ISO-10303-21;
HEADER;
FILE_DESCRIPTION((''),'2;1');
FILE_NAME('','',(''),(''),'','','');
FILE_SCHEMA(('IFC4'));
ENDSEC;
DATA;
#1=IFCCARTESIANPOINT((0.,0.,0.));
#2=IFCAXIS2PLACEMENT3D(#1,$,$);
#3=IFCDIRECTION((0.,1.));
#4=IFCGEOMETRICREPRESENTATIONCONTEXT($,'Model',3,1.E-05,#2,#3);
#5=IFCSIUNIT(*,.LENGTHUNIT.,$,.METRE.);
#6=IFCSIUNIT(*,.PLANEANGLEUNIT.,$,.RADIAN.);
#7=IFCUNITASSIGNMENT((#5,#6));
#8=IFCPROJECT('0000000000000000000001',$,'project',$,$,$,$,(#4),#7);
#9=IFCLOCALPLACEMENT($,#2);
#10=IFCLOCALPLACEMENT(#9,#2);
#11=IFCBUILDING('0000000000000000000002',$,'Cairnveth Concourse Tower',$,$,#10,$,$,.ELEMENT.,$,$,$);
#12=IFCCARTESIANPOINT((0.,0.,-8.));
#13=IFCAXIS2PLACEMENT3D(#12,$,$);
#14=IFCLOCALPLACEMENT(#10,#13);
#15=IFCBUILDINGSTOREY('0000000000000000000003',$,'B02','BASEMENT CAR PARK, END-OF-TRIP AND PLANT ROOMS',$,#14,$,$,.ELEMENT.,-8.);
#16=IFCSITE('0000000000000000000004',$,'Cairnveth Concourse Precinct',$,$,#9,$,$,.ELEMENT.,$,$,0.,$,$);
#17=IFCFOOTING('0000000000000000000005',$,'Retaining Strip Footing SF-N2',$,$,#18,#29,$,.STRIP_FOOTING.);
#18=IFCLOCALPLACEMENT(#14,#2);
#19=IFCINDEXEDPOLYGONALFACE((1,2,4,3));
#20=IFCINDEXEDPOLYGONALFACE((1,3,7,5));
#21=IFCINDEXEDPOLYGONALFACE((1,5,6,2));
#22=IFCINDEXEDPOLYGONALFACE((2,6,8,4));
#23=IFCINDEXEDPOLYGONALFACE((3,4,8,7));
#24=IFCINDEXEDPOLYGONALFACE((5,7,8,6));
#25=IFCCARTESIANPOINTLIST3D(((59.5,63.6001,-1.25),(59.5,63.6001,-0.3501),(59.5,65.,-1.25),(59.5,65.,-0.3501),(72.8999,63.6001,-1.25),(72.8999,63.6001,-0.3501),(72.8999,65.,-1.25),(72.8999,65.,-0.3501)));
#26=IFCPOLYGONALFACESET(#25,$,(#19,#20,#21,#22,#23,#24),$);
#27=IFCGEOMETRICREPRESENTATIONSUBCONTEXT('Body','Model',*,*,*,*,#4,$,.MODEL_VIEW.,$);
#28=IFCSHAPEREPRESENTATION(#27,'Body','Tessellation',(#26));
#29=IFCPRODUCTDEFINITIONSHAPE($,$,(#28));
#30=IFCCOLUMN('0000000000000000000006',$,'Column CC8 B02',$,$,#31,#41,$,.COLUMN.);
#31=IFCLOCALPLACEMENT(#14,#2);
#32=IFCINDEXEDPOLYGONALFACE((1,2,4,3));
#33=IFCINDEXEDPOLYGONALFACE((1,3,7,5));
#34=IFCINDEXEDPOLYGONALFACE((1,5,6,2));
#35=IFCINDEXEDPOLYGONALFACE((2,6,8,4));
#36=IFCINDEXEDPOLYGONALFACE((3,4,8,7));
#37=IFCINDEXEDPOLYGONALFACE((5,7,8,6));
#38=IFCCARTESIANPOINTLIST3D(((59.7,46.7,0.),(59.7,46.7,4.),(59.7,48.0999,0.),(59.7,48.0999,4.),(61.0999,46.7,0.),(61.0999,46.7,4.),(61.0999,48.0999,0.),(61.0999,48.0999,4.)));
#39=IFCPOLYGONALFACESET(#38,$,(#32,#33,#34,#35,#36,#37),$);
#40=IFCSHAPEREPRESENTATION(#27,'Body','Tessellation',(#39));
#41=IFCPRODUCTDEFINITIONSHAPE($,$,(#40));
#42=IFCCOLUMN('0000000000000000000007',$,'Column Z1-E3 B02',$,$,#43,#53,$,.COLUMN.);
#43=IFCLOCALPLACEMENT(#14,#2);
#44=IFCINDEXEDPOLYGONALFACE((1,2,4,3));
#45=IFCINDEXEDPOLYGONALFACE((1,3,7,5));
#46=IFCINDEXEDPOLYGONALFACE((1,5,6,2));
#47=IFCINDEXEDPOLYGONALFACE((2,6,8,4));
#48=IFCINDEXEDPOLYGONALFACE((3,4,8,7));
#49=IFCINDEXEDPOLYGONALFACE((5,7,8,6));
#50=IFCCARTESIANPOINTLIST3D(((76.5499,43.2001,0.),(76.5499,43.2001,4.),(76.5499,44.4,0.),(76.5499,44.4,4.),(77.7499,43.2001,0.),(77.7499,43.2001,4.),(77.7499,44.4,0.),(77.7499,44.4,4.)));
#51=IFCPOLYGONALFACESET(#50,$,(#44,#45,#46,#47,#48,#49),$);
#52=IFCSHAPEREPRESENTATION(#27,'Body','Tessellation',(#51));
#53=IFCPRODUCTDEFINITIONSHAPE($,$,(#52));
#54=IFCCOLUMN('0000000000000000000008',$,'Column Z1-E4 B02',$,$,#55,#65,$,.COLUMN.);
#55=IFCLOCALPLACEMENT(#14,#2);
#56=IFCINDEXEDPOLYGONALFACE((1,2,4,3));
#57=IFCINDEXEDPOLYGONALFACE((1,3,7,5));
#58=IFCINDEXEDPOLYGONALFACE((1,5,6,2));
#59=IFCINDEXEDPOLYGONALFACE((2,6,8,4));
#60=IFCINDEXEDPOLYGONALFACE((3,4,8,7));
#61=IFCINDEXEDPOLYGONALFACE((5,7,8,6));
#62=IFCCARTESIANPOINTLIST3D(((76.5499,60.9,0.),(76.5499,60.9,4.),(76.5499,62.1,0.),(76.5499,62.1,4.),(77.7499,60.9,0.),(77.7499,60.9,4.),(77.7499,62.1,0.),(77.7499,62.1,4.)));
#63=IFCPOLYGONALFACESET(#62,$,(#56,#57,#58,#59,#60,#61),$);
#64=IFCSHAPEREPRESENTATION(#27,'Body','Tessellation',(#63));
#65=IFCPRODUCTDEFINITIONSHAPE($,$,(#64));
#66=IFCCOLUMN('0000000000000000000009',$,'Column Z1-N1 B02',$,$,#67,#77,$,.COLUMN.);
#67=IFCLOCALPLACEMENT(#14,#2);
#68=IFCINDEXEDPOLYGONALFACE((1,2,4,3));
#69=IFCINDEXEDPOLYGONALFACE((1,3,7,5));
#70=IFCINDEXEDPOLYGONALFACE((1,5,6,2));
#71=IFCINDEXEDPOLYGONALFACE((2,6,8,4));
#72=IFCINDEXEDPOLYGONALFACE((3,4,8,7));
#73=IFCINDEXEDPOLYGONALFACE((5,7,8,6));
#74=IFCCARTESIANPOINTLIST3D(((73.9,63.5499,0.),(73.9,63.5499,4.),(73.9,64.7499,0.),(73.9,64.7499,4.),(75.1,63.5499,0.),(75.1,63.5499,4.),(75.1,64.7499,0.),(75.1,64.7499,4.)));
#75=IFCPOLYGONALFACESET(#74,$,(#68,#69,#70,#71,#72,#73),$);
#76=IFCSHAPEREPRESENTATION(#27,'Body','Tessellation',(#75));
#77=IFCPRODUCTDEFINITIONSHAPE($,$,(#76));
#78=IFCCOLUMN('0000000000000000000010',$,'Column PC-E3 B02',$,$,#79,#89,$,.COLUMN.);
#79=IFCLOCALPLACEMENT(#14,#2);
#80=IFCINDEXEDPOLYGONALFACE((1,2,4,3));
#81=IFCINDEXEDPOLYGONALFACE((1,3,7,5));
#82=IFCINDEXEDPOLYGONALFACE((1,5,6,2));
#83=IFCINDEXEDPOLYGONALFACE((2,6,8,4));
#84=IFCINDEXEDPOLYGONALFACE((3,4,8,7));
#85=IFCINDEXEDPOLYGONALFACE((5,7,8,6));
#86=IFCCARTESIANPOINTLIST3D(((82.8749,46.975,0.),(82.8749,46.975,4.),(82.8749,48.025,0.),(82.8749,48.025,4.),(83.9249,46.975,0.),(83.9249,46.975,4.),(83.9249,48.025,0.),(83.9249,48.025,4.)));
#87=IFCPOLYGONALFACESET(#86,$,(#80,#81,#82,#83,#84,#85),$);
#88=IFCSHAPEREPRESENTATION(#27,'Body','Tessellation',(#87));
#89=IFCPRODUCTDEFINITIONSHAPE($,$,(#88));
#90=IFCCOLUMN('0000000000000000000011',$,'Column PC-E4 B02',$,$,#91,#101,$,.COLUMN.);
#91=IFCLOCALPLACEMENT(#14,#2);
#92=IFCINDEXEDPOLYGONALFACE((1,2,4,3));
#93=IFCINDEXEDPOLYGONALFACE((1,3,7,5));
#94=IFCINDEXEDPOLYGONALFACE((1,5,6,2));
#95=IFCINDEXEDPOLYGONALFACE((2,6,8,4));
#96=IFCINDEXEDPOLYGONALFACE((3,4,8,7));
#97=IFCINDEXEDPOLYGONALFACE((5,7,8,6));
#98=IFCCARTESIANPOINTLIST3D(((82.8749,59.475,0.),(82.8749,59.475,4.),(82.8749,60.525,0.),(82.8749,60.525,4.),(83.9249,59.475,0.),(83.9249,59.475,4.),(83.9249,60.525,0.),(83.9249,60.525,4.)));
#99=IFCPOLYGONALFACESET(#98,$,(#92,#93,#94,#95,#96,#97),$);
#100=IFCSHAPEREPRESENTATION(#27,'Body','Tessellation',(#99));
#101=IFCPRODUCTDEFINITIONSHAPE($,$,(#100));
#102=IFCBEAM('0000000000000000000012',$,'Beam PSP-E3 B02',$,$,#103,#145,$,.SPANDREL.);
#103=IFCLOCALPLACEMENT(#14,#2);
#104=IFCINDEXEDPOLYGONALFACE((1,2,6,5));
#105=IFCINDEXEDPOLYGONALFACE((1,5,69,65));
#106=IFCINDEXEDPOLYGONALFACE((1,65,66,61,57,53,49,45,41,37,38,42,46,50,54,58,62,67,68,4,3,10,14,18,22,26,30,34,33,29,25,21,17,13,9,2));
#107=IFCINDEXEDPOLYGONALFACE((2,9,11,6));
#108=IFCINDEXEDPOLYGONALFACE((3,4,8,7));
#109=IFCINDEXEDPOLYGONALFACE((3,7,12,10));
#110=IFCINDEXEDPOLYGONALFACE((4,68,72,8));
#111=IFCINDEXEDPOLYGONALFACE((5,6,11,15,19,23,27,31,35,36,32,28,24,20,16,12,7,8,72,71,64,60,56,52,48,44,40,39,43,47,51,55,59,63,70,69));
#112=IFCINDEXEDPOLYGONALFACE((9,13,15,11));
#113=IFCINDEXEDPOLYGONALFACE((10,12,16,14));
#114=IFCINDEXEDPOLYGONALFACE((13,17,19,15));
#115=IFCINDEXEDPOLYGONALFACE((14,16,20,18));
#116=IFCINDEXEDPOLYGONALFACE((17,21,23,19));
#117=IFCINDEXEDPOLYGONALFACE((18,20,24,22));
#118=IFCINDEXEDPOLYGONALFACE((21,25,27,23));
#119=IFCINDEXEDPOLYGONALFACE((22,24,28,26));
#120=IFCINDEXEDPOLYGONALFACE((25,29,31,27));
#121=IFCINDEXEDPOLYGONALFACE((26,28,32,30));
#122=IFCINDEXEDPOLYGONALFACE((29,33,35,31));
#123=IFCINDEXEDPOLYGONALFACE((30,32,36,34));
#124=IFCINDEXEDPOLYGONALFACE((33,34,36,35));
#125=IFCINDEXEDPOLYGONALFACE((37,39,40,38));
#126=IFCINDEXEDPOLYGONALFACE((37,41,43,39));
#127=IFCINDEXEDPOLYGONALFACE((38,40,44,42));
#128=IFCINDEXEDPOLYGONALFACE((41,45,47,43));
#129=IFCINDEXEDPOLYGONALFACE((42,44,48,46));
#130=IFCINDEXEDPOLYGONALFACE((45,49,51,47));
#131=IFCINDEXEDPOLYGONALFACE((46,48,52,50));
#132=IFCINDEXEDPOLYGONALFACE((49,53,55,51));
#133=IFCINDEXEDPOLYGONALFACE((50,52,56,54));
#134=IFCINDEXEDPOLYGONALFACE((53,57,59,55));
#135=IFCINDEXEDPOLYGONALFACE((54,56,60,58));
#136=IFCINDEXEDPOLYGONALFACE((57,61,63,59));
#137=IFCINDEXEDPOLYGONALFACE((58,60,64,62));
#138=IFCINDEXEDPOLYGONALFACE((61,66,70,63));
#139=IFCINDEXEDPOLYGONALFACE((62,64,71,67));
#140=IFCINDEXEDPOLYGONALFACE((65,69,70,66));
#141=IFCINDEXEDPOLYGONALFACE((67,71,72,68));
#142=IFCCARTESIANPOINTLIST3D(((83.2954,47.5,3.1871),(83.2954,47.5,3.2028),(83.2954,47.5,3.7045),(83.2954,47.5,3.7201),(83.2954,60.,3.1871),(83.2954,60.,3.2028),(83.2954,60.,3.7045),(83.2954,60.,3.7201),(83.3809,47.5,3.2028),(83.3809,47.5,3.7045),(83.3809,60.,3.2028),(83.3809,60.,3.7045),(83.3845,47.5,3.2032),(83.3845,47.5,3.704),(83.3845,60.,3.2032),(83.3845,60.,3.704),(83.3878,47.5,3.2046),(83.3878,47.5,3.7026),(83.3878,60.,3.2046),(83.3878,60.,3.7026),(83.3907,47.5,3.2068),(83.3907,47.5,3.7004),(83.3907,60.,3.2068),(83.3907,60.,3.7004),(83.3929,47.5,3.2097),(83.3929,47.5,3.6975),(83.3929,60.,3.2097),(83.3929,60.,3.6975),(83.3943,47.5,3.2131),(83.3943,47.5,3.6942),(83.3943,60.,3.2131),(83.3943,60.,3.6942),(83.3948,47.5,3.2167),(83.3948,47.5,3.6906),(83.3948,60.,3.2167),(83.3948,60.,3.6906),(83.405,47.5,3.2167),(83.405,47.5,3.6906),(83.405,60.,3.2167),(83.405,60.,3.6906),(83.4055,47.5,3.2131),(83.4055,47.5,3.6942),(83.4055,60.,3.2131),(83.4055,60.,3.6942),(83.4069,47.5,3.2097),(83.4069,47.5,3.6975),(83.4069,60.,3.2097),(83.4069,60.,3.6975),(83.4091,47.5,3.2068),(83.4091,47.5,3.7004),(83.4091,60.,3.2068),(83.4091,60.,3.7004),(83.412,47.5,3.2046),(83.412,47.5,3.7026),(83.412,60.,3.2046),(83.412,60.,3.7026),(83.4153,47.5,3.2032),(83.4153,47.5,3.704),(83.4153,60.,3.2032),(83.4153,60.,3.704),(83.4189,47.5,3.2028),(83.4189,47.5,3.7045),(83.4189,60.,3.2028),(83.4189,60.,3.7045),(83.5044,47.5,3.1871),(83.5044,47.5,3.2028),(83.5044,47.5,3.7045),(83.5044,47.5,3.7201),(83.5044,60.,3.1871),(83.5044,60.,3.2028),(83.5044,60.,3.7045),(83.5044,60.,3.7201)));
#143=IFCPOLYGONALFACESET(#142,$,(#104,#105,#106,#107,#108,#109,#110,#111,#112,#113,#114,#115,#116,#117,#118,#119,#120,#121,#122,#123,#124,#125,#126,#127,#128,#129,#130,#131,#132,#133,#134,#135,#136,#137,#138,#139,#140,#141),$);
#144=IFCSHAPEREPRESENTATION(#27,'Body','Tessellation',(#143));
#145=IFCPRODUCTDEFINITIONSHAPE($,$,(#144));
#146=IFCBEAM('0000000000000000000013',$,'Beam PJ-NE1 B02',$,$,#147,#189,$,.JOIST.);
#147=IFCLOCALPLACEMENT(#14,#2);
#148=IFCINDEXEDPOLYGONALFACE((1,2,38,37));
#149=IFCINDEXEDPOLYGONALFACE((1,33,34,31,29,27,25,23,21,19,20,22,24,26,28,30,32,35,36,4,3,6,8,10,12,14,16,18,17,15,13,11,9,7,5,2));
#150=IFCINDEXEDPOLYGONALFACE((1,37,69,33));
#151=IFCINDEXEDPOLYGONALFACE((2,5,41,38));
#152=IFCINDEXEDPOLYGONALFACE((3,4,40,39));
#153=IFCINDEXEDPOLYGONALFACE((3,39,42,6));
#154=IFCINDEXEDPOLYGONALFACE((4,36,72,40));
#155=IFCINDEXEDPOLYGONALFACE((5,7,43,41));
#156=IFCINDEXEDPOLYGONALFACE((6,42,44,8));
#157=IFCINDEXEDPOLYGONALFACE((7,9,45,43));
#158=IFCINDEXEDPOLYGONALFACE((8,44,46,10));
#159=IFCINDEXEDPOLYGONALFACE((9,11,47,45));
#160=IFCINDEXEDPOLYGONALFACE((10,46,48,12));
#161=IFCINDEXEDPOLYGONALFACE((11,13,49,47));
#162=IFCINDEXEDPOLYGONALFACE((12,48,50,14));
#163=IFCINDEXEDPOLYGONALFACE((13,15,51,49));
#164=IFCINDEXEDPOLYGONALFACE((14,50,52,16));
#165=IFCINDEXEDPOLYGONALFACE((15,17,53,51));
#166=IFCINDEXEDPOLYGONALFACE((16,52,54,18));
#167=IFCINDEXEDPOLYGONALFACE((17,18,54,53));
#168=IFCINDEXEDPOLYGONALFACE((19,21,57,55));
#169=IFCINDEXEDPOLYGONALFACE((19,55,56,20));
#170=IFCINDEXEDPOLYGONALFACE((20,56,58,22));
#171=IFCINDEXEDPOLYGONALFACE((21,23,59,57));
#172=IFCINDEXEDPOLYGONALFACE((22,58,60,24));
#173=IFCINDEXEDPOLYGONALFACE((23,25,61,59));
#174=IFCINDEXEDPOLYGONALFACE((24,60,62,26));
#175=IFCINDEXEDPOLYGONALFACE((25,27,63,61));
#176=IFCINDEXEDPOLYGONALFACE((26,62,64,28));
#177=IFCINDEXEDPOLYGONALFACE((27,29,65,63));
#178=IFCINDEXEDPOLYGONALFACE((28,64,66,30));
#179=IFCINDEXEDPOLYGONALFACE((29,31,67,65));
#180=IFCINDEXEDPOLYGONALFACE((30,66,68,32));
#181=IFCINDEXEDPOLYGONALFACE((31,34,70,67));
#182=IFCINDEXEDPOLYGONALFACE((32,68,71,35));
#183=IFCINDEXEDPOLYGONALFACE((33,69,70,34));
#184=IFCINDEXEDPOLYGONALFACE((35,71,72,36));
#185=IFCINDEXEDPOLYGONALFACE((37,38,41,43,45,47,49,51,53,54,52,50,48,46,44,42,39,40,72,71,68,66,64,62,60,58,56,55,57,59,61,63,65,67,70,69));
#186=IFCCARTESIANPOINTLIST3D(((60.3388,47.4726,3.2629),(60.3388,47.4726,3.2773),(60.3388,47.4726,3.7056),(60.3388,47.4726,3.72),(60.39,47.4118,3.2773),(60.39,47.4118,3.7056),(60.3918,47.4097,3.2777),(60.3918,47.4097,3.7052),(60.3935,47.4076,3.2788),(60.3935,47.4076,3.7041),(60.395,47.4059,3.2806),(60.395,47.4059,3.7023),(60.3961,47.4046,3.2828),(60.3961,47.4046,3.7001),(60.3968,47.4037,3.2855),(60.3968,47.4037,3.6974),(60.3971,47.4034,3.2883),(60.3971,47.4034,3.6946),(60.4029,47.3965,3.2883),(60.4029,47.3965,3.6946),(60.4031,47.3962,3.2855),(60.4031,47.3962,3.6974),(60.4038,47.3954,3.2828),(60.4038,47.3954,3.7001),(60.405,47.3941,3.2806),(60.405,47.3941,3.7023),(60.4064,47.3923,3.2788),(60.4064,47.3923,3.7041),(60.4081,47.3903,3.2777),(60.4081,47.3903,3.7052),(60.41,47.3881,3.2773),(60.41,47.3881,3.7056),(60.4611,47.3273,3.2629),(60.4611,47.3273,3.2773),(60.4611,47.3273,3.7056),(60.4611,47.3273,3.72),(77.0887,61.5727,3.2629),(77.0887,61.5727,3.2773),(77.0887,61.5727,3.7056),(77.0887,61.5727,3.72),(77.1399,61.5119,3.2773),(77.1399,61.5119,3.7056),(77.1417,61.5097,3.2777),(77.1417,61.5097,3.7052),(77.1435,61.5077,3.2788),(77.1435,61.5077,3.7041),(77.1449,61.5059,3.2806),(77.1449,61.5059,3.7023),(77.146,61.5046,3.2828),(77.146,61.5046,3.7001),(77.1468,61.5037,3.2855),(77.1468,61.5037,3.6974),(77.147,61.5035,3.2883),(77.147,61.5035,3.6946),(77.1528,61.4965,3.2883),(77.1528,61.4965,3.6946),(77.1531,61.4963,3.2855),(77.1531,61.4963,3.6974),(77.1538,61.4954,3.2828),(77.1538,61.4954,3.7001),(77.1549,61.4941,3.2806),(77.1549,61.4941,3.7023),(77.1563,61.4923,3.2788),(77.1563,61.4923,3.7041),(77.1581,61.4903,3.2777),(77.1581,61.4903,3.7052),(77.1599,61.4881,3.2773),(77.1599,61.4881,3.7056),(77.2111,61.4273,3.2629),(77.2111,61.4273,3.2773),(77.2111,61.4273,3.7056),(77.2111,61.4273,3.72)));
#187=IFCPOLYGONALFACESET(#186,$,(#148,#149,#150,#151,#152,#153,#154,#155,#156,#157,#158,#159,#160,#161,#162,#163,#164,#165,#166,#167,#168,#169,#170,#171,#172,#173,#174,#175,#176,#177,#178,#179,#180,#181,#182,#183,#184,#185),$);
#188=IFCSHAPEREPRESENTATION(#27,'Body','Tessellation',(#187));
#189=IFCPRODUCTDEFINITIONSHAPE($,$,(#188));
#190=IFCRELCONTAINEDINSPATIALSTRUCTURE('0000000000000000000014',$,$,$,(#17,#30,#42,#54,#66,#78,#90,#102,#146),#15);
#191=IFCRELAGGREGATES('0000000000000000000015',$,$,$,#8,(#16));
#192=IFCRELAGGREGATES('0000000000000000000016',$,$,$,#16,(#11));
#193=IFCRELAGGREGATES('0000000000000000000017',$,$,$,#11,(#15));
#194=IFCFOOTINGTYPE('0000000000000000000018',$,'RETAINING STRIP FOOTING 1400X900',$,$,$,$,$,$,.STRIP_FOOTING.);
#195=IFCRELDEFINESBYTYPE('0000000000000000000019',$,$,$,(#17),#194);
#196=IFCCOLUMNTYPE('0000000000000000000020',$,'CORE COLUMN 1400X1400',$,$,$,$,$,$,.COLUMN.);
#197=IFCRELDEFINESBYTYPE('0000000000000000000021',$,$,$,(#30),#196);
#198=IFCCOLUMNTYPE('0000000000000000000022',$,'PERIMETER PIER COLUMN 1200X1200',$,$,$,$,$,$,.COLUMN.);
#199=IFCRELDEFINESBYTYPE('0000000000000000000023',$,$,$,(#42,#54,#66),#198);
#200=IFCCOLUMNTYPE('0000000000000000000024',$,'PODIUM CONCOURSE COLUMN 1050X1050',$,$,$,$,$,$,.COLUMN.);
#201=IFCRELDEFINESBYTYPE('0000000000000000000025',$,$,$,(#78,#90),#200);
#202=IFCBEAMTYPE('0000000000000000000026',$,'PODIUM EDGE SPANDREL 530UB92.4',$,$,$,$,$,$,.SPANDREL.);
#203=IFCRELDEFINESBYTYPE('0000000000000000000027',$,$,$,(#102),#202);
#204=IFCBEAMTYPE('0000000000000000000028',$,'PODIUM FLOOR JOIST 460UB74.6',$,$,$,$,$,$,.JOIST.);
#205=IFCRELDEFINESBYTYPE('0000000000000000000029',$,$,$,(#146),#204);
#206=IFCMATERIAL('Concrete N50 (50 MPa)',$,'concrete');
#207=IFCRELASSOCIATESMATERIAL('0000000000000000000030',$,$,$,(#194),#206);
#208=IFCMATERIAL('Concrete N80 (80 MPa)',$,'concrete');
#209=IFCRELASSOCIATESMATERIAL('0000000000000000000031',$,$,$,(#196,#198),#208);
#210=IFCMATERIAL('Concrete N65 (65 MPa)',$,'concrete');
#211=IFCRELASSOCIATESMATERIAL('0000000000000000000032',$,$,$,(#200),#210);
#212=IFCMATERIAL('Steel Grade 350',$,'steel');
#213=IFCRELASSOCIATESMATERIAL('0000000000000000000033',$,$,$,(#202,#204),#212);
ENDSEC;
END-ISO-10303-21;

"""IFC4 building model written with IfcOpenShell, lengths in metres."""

from ifc_helpers import new_model, si_unit, direction, frame, origin, origin_2d, place, context, subcontext, project, spatial, rectangle, i_section, extrude, material, material_profile, profile_set, type_object, element, save


model = new_model("IFC4")

# Units and contexts
model_context = context("Model", 3, precision=1e-05, world=origin(), true_north=direction((0.0, 1.0)))
body_context = subcontext(model_context, "Body", "Model", "MODEL_VIEW")
ifc_project = project(units=[si_unit("LENGTHUNIT", "METRE"), si_unit("PLANEANGLEUNIT", "RADIAN")], contexts=[model_context])

# Site, building, storey
site_placement = place(None, origin())
site = spatial("IfcSite", under=ifc_project, at=site_placement, Name="Cairnveth Concourse Precinct", CompositionType="ELEMENT", RefElevation=0.0)
building_placement = place(site_placement, origin())
building = spatial("IfcBuilding", under=site, at=building_placement, Name="Cairnveth Concourse Tower", CompositionType="ELEMENT")
storey_placement = place(building_placement, frame((0.0, 0.0, -8.0)))
storey = spatial("IfcBuildingStorey", under=building, at=storey_placement, Name="B02", Description="BASEMENT CAR PARK, END-OF-TRIP AND PLANT ROOMS", CompositionType="ELEMENT", Elevation=-8.0)

# Shared definitions
ifc_material_1 = material(Name="Concrete N50 (50 MPa)", Category="concrete")
ifc_material_2 = material(Name="Concrete N65 (65 MPa)", Category="concrete")

# Footing
ifc_material_profile_1 = material_profile(ifc_material_1, rectangle(XDim=1.3999, YDim=0.8999, at=origin_2d()), Name="SF-1400x900")
ifc_profile_set_1 = profile_set([ifc_material_profile_1], Name="Concrete N50 (50 MPa)")
footing_type_1 = type_object("IfcFootingType", Name="RETAINING STRIP FOOTING 1400X900", PredefinedType="STRIP_FOOTING", material=ifc_profile_set_1)
footing_1_placement = place(storey_placement, frame((59.5, 64.3, -0.8), z_axis=(1.0, 0.0, 0.0), x_axis=(0.0, 1.0, 0.0)))
element("IfcFooting", 1, at=footing_1_placement, inside=storey, type_object=footing_type_1, Name="Retaining Strip Footing SF-N2", PredefinedType="STRIP_FOOTING", context=body_context, shape_type="SweptSolid", body=[
    extrude(rectangle(XDim=1.3999, YDim=0.8999, at=origin_2d()), origin(), (0.0, 0.0, 1.0), 13.3999),
])

# Columns
ifc_material_3 = material(Name="Concrete N80 (80 MPa)", Category="concrete")
ifc_material_profile_2 = material_profile(ifc_material_3, rectangle(XDim=1.3999, YDim=1.3999, at=origin_2d()), Name="RC-COL-1400x1400")
ifc_profile_set_2 = profile_set([ifc_material_profile_2], Name="Concrete N80 (80 MPa)")
column_type_1 = type_object("IfcColumnType", Name="CORE COLUMN 1400X1400", PredefinedType="COLUMN", material=ifc_profile_set_2)
column_placement = place(storey_placement, frame((60.3999, 47.3999, 0.0), z_axis=(0.0, 0.0, 1.0), x_axis=(1.0, 0.0, 0.0)))
element("IfcColumn", 2, at=column_placement, inside=storey, type_object=column_type_1, Name="Column CC8 B02", PredefinedType="COLUMN", context=body_context, shape_type="SweptSolid", body=[
    extrude(rectangle(XDim=1.3999, YDim=1.3999, at=origin_2d()), origin(), (0.0, 0.0, 1.0), 4.0),
])
ifc_material_profile_3 = material_profile(ifc_material_3, rectangle(XDim=1.2, YDim=1.2, at=origin_2d()), Name="RC-COL-1200x1200")
ifc_profile_set_3 = profile_set([ifc_material_profile_3], Name="Concrete N80 (80 MPa)")
column_type_2 = type_object("IfcColumnType", Name="PERIMETER PIER COLUMN 1200X1200", PredefinedType="COLUMN", material=ifc_profile_set_3)
for number, where, z_axis, x_axis, name in (
    (3, (77.1499, 43.8, 0.0), (0.0, 0.0, 1.0), (1.0, 0.0, 0.0), "Column Z1-E3 B02"),
    (4, (77.1499, 61.5, 0.0), (0.0, 0.0, 1.0), (1.0, 0.0, 0.0), "Column Z1-E4 B02"),
    (5, (74.5, 64.1499, 0.0), (0.0, 0.0, 1.0), (1.0, 0.0, 0.0), "Column Z1-N1 B02"),
):
    element("IfcColumn", number, at=place(storey_placement, frame(where, z_axis=z_axis, x_axis=x_axis)), inside=storey, type_object=column_type_2, Name=name, PredefinedType="COLUMN", context=body_context, shape_type="SweptSolid", body=[
        extrude(rectangle(XDim=1.2, YDim=1.2, at=origin_2d()), origin(), (0.0, 0.0, 1.0), 4.0),
    ])
ifc_material_profile_4 = material_profile(ifc_material_2, rectangle(XDim=1.05, YDim=1.05, at=origin_2d()), Name="RC-COL-1050x1050")
ifc_profile_set_4 = profile_set([ifc_material_profile_4], Name="Concrete N65 (65 MPa)")
column_type_3 = type_object("IfcColumnType", Name="PODIUM CONCOURSE COLUMN 1050X1050", PredefinedType="COLUMN", material=ifc_profile_set_4)
for number, where, z_axis, x_axis, name in (
    (6, (83.3999, 47.5, 0.0), (0.0, 0.0, 1.0), (1.0, 0.0, 0.0), "Column PC-E3 B02"),
    (7, (83.3999, 60.0, 0.0), (0.0, 0.0, 1.0), (1.0, 0.0, 0.0), "Column PC-E4 B02"),
):
    element("IfcColumn", number, at=place(storey_placement, frame(where, z_axis=z_axis, x_axis=x_axis)), inside=storey, type_object=column_type_3, Name=name, PredefinedType="COLUMN", context=body_context, shape_type="SweptSolid", body=[
        extrude(rectangle(XDim=1.05, YDim=1.05, at=origin_2d()), origin(), (0.0, 0.0, 1.0), 4.0),
    ])

# Beams
ifc_material_4 = material(Name="Steel Grade 350", Category="steel")
ifc_material_profile_5 = material_profile(ifc_material_4, i_section(OverallWidth=0.209, OverallDepth=0.533, WebThickness=0.0103, FlangeThickness=0.0156, FilletRadius=0.0139, at=origin_2d()), Name="530UB92.4")
ifc_profile_set_5 = profile_set([ifc_material_profile_5], Name="Steel Grade 350")
beam_type_1 = type_object("IfcBeamType", Name="PODIUM EDGE SPANDREL 530UB92.4", PredefinedType="SPANDREL", material=ifc_profile_set_5)
beam_1_placement = place(storey_placement, frame((83.3999, 47.5, 3.4536), z_axis=(0.0, 1.0, 0.0), x_axis=(-1.0, 0.0, 0.0)))
element("IfcBeam", 8, at=beam_1_placement, inside=storey, type_object=beam_type_1, Name="Beam PSP-E3 B02", PredefinedType="SPANDREL", context=body_context, shape_type="SweptSolid", body=[
    extrude(i_section(OverallWidth=0.209, OverallDepth=0.533, WebThickness=0.0103, FlangeThickness=0.0156, FilletRadius=0.0139, at=origin_2d()), origin(), (0.0, 0.0, 1.0), 12.5),
])
ifc_material_profile_6 = material_profile(ifc_material_4, i_section(OverallWidth=0.1899, OverallDepth=0.457, WebThickness=0.009, FlangeThickness=0.0144, FilletRadius=0.011, at=origin_2d()), Name="460UB74.6")
ifc_profile_set_6 = profile_set([ifc_material_profile_6], Name="Steel Grade 350")
beam_type_2 = type_object("IfcBeamType", Name="PODIUM FLOOR JOIST 460UB74.6", PredefinedType="JOIST", material=ifc_profile_set_6)
beam_2_placement = place(storey_placement, frame((77.1499, 61.5, 3.4915), z_axis=(-0.765027, -0.643998, 0.0), x_axis=(0.643998, -0.765027, 0.0)))
element("IfcBeam", 9, at=beam_2_placement, inside=storey, type_object=beam_type_2, Name="Beam PJ-NE1 B02", PredefinedType="JOIST", context=body_context, shape_type="SweptSolid", body=[
    extrude(i_section(OverallWidth=0.1899, OverallDepth=0.457, WebThickness=0.009, FlangeThickness=0.0144, FilletRadius=0.011, at=origin_2d()), origin(), (0.0, 0.0, 1.0), 21.8945),
])

save(model, "model.ifc")
